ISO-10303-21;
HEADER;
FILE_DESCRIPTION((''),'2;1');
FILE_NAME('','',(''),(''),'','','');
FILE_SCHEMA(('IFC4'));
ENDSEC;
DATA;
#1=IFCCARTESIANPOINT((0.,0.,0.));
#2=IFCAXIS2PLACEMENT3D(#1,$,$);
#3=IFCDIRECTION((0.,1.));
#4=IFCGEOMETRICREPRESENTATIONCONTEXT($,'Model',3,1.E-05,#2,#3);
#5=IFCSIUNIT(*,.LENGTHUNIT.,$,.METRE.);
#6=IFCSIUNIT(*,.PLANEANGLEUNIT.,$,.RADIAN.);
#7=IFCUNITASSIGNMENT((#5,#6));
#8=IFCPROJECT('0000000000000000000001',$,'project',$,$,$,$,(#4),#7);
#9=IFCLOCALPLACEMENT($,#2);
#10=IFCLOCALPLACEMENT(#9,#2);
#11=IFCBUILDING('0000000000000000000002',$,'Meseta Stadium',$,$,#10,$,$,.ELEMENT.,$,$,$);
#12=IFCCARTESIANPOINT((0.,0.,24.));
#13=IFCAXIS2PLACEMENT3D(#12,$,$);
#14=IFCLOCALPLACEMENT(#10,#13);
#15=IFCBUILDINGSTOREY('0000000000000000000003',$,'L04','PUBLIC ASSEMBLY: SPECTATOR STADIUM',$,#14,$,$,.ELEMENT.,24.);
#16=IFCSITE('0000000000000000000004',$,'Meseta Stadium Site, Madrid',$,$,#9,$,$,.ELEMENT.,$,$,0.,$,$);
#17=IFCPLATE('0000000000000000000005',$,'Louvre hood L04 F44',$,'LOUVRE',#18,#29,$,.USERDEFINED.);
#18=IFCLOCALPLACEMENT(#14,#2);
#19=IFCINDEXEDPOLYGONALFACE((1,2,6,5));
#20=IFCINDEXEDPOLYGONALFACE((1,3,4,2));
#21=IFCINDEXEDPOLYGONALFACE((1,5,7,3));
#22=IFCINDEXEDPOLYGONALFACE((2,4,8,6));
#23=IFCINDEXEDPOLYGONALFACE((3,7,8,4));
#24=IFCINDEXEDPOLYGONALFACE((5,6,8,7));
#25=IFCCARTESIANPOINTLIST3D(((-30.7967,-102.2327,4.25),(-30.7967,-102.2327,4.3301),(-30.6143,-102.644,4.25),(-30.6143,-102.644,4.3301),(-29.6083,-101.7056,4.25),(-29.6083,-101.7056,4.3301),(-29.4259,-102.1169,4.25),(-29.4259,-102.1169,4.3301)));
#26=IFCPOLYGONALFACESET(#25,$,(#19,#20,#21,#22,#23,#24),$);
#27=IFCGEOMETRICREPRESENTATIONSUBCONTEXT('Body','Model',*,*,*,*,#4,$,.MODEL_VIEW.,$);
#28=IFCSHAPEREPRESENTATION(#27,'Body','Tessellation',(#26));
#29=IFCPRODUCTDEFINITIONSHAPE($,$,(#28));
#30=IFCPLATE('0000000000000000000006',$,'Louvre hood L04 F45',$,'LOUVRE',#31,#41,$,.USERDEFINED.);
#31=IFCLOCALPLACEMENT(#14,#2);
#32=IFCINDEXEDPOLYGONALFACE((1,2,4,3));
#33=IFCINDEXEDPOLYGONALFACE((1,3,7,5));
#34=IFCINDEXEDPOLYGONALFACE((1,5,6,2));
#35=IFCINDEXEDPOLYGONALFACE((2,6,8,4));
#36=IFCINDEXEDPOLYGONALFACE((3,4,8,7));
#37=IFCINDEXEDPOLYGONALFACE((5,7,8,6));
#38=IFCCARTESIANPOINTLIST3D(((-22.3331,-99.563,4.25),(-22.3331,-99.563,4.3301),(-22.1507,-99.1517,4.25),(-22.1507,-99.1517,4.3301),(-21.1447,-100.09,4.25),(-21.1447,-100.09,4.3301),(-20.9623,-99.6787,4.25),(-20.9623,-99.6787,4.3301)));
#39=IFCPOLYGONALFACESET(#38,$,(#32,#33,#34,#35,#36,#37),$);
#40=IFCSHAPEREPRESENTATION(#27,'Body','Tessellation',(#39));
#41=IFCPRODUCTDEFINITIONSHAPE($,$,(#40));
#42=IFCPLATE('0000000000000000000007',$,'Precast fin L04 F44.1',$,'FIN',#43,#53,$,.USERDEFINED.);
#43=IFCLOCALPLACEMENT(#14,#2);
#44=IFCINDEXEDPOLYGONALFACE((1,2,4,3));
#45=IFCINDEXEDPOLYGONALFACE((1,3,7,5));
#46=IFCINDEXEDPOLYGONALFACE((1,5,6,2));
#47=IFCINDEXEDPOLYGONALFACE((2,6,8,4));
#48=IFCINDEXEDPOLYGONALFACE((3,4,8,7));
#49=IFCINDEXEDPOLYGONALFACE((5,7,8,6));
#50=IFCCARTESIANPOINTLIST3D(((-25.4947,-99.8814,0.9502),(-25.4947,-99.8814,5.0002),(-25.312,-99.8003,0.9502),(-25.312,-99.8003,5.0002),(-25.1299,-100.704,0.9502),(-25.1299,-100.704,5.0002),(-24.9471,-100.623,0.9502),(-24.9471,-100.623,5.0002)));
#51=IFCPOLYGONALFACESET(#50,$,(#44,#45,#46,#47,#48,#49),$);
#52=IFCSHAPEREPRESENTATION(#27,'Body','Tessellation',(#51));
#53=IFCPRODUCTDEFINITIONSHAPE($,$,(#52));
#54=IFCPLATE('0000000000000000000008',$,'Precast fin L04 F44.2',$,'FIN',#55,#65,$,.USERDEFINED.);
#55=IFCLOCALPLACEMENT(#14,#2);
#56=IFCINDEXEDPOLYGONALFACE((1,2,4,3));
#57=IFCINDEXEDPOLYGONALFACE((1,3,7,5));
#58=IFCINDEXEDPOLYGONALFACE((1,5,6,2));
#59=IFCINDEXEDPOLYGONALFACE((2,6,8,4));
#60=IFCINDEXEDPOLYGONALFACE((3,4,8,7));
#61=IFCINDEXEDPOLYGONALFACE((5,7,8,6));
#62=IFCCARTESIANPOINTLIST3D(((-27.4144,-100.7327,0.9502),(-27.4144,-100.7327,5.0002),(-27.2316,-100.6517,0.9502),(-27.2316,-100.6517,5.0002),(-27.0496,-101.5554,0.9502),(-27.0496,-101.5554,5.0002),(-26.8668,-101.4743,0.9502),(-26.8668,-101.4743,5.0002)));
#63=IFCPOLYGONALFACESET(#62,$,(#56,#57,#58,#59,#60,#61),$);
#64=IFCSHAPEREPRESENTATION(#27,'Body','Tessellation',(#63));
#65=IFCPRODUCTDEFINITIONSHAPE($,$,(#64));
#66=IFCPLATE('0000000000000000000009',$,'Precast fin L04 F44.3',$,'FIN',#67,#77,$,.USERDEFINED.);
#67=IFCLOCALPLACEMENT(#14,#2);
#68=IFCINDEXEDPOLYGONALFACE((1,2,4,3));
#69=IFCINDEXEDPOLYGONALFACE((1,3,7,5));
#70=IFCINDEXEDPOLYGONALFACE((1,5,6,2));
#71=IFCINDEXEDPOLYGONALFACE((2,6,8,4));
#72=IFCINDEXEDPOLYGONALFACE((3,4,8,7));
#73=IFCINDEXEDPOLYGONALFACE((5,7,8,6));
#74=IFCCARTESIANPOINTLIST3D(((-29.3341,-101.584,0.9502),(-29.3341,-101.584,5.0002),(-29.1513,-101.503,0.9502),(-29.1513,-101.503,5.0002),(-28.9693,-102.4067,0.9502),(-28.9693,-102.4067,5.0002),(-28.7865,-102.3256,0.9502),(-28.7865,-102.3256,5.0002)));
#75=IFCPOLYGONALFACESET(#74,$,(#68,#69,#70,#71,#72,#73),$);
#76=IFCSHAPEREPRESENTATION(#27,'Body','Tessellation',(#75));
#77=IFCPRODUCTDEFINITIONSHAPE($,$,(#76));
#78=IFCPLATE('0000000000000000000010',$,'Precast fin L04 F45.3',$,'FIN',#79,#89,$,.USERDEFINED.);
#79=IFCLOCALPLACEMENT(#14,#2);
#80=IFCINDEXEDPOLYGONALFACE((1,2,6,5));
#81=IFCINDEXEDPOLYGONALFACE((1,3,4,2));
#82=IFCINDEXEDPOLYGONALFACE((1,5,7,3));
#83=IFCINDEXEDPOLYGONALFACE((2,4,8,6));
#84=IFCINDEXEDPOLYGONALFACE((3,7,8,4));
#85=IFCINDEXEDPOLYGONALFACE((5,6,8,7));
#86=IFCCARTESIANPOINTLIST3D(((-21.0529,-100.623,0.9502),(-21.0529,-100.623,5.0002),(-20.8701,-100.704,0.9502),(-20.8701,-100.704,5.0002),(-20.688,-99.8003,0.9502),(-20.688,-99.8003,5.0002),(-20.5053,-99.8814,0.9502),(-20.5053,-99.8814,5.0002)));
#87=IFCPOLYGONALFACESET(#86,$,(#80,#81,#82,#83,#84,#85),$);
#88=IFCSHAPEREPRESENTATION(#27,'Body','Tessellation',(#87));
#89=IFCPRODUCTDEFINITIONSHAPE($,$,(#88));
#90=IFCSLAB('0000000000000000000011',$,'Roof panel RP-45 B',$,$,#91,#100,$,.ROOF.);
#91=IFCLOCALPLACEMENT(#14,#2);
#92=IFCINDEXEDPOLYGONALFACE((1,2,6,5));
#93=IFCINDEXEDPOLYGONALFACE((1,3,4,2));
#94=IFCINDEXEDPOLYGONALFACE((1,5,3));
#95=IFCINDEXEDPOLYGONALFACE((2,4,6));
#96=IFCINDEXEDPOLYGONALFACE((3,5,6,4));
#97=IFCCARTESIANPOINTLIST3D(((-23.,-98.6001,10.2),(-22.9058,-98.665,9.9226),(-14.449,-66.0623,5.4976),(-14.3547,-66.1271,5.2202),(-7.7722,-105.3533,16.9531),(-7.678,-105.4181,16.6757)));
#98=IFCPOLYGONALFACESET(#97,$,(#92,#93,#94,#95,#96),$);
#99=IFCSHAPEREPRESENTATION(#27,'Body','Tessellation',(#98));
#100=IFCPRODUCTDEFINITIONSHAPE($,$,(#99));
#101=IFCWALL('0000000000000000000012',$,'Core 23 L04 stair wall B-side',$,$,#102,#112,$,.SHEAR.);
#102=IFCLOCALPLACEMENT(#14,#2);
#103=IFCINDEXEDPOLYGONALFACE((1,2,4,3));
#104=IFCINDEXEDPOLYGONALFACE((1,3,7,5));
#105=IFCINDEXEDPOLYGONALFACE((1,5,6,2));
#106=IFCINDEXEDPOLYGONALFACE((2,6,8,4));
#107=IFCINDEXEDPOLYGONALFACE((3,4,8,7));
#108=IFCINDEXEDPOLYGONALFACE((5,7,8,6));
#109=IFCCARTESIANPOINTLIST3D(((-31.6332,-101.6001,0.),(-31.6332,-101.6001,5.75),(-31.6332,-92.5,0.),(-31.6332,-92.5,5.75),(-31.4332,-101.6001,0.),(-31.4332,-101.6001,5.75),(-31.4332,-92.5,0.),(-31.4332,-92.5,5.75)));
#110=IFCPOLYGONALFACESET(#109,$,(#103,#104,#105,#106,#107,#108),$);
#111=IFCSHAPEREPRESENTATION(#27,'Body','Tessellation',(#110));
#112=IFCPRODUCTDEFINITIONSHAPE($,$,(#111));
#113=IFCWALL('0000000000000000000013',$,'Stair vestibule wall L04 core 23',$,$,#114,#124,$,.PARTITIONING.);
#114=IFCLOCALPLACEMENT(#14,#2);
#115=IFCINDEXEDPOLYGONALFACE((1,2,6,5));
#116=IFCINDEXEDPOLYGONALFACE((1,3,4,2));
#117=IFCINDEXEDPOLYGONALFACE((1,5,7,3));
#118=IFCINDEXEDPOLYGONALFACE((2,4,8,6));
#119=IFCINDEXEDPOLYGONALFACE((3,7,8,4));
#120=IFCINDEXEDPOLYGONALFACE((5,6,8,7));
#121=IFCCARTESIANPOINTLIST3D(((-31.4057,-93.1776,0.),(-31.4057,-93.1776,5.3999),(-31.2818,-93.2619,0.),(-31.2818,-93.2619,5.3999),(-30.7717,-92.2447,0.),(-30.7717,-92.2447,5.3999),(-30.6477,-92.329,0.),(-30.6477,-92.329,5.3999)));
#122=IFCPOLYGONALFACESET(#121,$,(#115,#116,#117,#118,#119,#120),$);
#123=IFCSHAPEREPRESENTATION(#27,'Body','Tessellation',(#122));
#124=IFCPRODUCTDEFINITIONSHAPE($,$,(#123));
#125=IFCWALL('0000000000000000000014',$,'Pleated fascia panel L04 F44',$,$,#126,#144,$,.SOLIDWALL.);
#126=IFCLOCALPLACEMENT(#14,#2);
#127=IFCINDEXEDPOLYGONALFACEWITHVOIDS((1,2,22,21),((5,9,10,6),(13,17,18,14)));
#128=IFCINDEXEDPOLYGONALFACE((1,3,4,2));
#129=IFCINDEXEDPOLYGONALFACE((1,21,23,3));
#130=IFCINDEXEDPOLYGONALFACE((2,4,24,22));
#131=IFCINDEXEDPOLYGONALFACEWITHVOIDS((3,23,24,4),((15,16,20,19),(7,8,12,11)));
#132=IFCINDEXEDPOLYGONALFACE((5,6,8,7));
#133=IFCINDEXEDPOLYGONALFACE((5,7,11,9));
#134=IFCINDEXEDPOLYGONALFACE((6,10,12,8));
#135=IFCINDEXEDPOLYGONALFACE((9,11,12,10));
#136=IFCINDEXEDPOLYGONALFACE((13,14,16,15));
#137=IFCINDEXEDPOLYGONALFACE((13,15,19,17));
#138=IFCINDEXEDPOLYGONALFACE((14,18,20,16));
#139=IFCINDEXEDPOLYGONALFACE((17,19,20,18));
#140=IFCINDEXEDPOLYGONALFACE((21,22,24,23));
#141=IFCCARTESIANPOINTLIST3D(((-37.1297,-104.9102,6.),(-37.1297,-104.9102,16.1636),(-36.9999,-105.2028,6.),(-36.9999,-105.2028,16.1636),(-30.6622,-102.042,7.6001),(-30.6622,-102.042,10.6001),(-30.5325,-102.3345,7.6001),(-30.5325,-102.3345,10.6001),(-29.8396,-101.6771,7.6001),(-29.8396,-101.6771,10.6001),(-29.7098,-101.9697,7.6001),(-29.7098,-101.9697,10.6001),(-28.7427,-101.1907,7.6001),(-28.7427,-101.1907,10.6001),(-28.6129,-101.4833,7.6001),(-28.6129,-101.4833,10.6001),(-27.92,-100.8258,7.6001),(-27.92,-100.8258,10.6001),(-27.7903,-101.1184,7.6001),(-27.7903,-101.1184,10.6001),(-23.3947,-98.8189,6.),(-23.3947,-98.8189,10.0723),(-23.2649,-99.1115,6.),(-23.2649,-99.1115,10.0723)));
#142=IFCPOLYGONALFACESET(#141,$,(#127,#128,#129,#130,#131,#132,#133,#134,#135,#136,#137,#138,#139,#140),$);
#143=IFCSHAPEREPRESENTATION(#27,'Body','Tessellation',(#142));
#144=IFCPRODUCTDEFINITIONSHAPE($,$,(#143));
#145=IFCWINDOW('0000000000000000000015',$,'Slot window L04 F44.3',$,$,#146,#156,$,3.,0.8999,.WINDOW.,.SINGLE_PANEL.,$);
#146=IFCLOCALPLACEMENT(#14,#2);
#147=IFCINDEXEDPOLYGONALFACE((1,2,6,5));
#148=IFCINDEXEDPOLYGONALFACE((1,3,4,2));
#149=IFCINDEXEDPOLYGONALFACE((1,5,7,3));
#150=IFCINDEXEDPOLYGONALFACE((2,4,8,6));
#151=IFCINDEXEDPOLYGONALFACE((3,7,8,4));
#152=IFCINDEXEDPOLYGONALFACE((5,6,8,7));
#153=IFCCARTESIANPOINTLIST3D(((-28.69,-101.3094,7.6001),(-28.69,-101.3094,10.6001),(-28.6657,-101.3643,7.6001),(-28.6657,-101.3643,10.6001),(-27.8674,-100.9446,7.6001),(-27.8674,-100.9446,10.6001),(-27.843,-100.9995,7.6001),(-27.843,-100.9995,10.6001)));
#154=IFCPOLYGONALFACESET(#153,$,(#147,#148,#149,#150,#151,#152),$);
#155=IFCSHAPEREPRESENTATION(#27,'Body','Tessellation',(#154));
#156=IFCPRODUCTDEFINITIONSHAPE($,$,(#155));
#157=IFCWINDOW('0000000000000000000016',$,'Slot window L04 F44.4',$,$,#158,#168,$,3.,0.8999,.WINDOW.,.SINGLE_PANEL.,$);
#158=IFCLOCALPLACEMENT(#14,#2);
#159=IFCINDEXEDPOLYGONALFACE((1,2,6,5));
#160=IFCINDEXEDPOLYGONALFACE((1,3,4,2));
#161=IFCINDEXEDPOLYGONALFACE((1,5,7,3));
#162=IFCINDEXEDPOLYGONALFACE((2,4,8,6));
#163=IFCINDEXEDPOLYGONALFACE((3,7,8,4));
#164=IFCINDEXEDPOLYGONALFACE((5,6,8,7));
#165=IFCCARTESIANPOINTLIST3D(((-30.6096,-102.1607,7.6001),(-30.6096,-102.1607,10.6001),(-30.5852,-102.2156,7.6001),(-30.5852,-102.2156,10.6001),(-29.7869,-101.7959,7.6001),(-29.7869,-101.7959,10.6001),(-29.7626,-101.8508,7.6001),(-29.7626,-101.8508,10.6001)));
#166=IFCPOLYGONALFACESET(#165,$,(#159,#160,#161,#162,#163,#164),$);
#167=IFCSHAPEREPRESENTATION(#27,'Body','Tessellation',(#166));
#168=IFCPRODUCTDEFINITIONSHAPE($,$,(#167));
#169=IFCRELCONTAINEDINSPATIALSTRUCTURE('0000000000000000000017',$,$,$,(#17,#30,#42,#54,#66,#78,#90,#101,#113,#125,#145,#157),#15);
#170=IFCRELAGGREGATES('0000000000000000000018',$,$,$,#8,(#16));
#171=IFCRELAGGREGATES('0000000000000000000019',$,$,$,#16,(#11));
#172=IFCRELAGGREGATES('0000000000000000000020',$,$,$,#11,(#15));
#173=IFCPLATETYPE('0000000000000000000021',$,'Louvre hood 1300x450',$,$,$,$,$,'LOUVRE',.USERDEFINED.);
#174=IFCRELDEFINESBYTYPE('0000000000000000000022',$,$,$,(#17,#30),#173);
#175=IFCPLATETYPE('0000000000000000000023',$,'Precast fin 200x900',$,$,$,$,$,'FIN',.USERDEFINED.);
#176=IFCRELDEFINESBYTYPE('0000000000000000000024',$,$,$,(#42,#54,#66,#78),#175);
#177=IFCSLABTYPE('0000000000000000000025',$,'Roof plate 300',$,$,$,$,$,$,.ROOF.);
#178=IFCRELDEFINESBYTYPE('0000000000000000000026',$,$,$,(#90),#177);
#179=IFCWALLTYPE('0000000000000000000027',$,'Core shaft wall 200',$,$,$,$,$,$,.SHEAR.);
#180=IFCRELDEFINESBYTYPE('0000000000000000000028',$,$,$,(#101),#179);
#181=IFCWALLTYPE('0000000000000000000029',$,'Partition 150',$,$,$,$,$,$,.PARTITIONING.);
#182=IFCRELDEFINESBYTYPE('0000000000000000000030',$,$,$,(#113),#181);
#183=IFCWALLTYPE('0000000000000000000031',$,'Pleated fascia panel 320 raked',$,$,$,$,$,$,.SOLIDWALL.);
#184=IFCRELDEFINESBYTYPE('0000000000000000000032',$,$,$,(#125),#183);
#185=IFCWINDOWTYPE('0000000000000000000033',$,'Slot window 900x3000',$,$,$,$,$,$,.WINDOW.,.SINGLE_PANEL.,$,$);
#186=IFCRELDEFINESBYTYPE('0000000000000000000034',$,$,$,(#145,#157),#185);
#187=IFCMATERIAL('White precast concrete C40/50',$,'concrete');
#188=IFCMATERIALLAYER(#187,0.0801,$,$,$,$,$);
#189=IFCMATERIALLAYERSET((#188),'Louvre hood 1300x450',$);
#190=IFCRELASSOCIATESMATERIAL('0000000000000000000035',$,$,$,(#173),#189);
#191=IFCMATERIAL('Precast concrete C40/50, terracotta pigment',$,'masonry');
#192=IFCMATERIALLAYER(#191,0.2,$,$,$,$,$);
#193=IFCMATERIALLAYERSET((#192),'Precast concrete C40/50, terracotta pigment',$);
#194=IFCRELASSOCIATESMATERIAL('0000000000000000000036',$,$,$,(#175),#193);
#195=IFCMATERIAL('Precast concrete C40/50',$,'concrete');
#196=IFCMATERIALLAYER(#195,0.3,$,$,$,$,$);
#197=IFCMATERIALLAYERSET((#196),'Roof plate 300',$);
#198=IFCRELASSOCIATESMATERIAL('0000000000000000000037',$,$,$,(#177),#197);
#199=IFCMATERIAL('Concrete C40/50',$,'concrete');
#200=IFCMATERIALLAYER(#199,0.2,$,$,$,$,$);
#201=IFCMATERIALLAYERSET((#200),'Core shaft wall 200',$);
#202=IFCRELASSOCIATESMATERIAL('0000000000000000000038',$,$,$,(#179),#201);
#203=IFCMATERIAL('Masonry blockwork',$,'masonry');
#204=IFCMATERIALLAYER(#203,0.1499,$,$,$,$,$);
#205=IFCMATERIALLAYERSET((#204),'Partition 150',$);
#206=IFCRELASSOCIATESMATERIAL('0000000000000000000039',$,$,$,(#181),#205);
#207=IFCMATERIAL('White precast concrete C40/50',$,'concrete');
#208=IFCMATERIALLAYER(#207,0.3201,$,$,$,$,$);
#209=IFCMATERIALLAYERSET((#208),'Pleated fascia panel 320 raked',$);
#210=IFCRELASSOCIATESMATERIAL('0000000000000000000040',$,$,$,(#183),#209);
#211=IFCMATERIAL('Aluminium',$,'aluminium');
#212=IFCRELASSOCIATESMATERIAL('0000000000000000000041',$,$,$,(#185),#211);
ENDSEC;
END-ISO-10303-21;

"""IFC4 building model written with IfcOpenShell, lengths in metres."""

from ifc_helpers import new_model, si_unit, direction, frame, frame_2d, origin, origin_2d, place, context, subcontext, project, spatial, polyline, rectangle, outline, extrude, material, layer, layer_set, type_object, element, fill, save


model = new_model("IFC4")

# Units and contexts
model_context = context("Model", 3, precision=1e-05, world=origin(), true_north=direction((0.0, 1.0)))
body_context = subcontext(model_context, "Body", "Model", "MODEL_VIEW")
ifc_project = project(units=[si_unit("LENGTHUNIT", "METRE"), si_unit("PLANEANGLEUNIT", "RADIAN")], contexts=[model_context])

# Site, building, storey
site_placement = place(None, origin())
site = spatial("IfcSite", under=ifc_project, at=site_placement, Name="Meseta Stadium Site, Madrid", CompositionType="ELEMENT", RefElevation=0.0)
building_placement = place(site_placement, origin())
building = spatial("IfcBuilding", under=site, at=building_placement, Name="Meseta Stadium", CompositionType="ELEMENT")
storey_placement = place(building_placement, frame((0.0, 0.0, 24.0)))
storey = spatial("IfcBuildingStorey", under=building, at=storey_placement, Name="L04", Description="PUBLIC ASSEMBLY: SPECTATOR STADIUM", CompositionType="ELEMENT", Elevation=24.0)

# Plates
ifc_material_1 = material(Name="White precast concrete C40/50", Category="concrete")
ifc_layer_1 = layer(ifc_material_1, 0.0801)
ifc_layer_set_1 = layer_set([ifc_layer_1], Name="Louvre hood 1300x450")
plate_type_1 = type_object("IfcPlateType", Name="Louvre hood 1300x450", ElementType="LOUVRE", PredefinedType="USERDEFINED", material=ifc_layer_set_1)
for number, where, z_axis, x_axis, name in (
    (1, (-30.1113, -102.1748, 4.25), (0.0, 0.0, 1.0), (0.914139, 0.405401, 0.0), "Louvre hood L04 F44"),
    (2, (-21.6477, -99.6208, 4.25), (0.0, 0.0, 1.0), (0.914139, -0.405401, 0.0), "Louvre hood L04 F45"),
):
    element("IfcPlate", number, at=place(storey_placement, frame(where, z_axis=z_axis, x_axis=x_axis)), inside=storey, type_object=plate_type_1, Name=name, ObjectType="LOUVRE", PredefinedType="USERDEFINED", context=body_context, shape_type="SweptSolid", body=[
        extrude(rectangle(XDim=1.3, YDim=0.45, at=origin_2d()), origin(), (0.0, 0.0, 1.0), 0.0801),
    ])
ifc_material_2 = material(Name="Precast concrete C40/50, terracotta pigment", Category="masonry")
ifc_layer_2 = layer(ifc_material_2, 0.2)
ifc_layer_set_2 = layer_set([ifc_layer_2], Name="Precast concrete C40/50, terracotta pigment")
plate_type_2 = type_object("IfcPlateType", Name="Precast fin 200x900", ElementType="FIN", PredefinedType="USERDEFINED", material=ifc_layer_set_2)
for number, where, z_axis, x_axis, name in (
    (3, (-25.2209, -100.2522, 0.9502), (0.0, 0.0, 1.0), (-0.914139, -0.4054, 0.0), "Precast fin L04 F44.1"),
    (4, (-27.1406, -101.1035, 0.9502), (0.0, 0.0, 1.0), (-0.914139, -0.4054, 0.0), "Precast fin L04 F44.2"),
    (5, (-29.0603, -101.9548, 0.9502), (0.0, 0.0, 1.0), (-0.914139, -0.4054, 0.0), "Precast fin L04 F44.3"),
    (6, (-20.7791, -100.2522, 0.9502), (0.0, 0.0, 1.0), (-0.914139, 0.4054, 0.0), "Precast fin L04 F45.3"),
):
    element("IfcPlate", number, at=place(storey_placement, frame(where, z_axis=z_axis, x_axis=x_axis)), inside=storey, type_object=plate_type_2, Name=name, ObjectType="FIN", PredefinedType="USERDEFINED", context=body_context, shape_type="SweptSolid", body=[
        extrude(rectangle(XDim=0.2, YDim=0.8999, at=origin_2d()), origin(), (0.0, 0.0, 1.0), 4.05),
    ])

# Slab
ifc_material_3 = material(Name="Precast concrete C40/50", Category="concrete")
ifc_layer_3 = layer(ifc_material_3, 0.3)
ifc_layer_set_3 = layer_set([ifc_layer_3], Name="Roof plate 300")
slab_type = type_object("IfcSlabType", Name="Roof plate 300", PredefinedType="ROOF", material=ifc_layer_set_3)
slab_placement = place(storey_placement, frame((-23.0, -98.6001, 10.2), z_axis=(-0.314114, 0.216152, 0.924451), x_axis=(0.251725, 0.957848, -0.138429)))
element("IfcSlab", 7, at=slab_placement, inside=storey, type_object=slab_type, Name="Roof panel RP-45 B", PredefinedType="ROOF", context=body_context, shape_type="SweptSolid", body=[
    extrude(outline(polyline([(0.0, 0.0), (33.9697, 0.0), (-3.5701, -17.6168), (0.0, 0.0)])), origin(), (0.0, 0.0, -1.0), 0.3),
])

# Walls
ifc_material_4 = material(Name="Concrete C40/50", Category="concrete")
ifc_layer_4 = layer(ifc_material_4, 0.2)
ifc_layer_set_4 = layer_set([ifc_layer_4], Name="Core shaft wall 200")
wall_type_1 = type_object("IfcWallType", Name="Core shaft wall 200", PredefinedType="SHEAR", material=ifc_layer_set_4)
wall_1_placement = place(storey_placement, frame((-31.5332, -101.6001, 0.0), z_axis=(0.0, 0.0, 1.0), x_axis=(0.0, 1.0, 0.0)))
element("IfcWall", 8, at=wall_1_placement, inside=storey, type_object=wall_type_1, Name="Core 23 L04 stair wall B-side", PredefinedType="SHEAR", context=body_context, shape_type="SweptSolid", body=[
    extrude(rectangle(XDim=9.1001, YDim=0.2, at=frame_2d((4.55, 0.0))), origin(), (0.0, 0.0, 1.0), 5.75),
])
ifc_material_5 = material(Name="Masonry blockwork", Category="masonry")
ifc_layer_5 = layer(ifc_material_5, 0.1499)
ifc_layer_set_5 = layer_set([ifc_layer_5], Name="Partition 150")
wall_type_2 = type_object("IfcWallType", Name="Partition 150", PredefinedType="PARTITIONING", material=ifc_layer_set_5)
wall_2_placement = place(storey_placement, frame((-31.3438, -93.2197, 0.0), z_axis=(0.0, 0.0, 1.0), x_axis=(0.562121, 0.827055, 0.0)))
element("IfcWall", 9, at=wall_2_placement, inside=storey, type_object=wall_type_2, Name="Stair vestibule wall L04 core 23", PredefinedType="PARTITIONING", context=body_context, shape_type="SweptSolid", body=[
    extrude(rectangle(XDim=1.1279, YDim=0.1499, at=frame_2d((0.564, 0.0))), origin(), (0.0, 0.0, 1.0), 5.3999),
])

# Wall, openings, windows
ifc_material_6 = material(Name="White precast concrete C40/50", Category="concrete")
ifc_layer_6 = layer(ifc_material_6, 0.3201)
ifc_layer_set_6 = layer_set([ifc_layer_6], Name="Pleated fascia panel 320 raked")
wall_type_3 = type_object("IfcWallType", Name="Pleated fascia panel 320 raked", PredefinedType="SOLIDWALL", material=ifc_layer_set_6)
wall_3_placement = place(storey_placement, frame((-23.3298, -98.9651, 6.0), z_axis=(0.0, 0.0, 1.0), x_axis=(-0.914137, -0.405406, 0.0)))
wall_3 = element("IfcWall", 10, at=wall_3_placement, inside=storey, type_object=wall_type_3, Name="Pleated fascia panel L04 F44", PredefinedType="SOLIDWALL", context=body_context, shape_type="SweptSolid", body=[
    extrude(outline(polyline([(0.0, 0.0), (15.0251, 0.0), (15.0251, 10.1636), (0.0, 4.0723), (0.0, 0.0)])), frame((0.0, 0.1602, 0.0), z_axis=(0.0, -1.0, 0.0), x_axis=(1.0, 0.0, 0.0)), (0.0, 0.0, 1.0), 0.3201),
])
opening_1_placement = place(wall_3_placement, frame((4.9504, 0.0, 1.6001)))
opening_1 = element("IfcOpeningElement", 11, at=opening_1_placement, cuts=wall_3, PredefinedType="OPENING", context=body_context, shape_type="SweptSolid", body=[
    extrude(rectangle(XDim=0.8999, YDim=3.0, at=frame_2d((0.45, 1.5))), frame((0.0, 0.1699, 0.0), z_axis=(0.0, -1.0, 0.0), x_axis=(1.0, 0.0, 0.0)), (0.0, 0.0, 1.0), 0.3401),
])
opening_2_placement = place(wall_3_placement, frame((7.0503, 0.0, 1.6001)))
opening_2 = element("IfcOpeningElement", 12, at=opening_2_placement, cuts=wall_3, PredefinedType="OPENING", context=body_context, shape_type="SweptSolid", body=[
    extrude(rectangle(XDim=0.8999, YDim=3.0, at=frame_2d((0.45, 1.5))), frame((0.0, 0.1699, 0.0), z_axis=(0.0, -1.0, 0.0), x_axis=(1.0, 0.0, 0.0)), (0.0, 0.0, 1.0), 0.3401),
])
ifc_material_7 = material(Name="Aluminium", Category="aluminium")
window_type_1 = type_object("IfcWindowType", Name="Slot window 900x3000", PartitioningType="SINGLE_PANEL", PredefinedType="WINDOW", material=ifc_material_7)
window_1_placement = place(opening_1_placement, origin())
window_1 = element("IfcWindow", 13, at=window_1_placement, inside=storey, type_object=window_type_1, Name="Slot window L04 F44.3", OverallHeight=3.0, OverallWidth=0.8999, PartitioningType="SINGLE_PANEL", PredefinedType="WINDOW", context=body_context, shape_type="SweptSolid", body=[
    extrude(rectangle(XDim=0.8999, YDim=3.0, at=frame_2d((0.45, 1.5))), frame((0.0, 0.03, 0.0), z_axis=(0.0, -1.0, 0.0), x_axis=(1.0, 0.0, 0.0)), (0.0, 0.0, 1.0), 0.0601),
])
fill(opening_1, window_1)
window_2_placement = place(opening_2_placement, origin())
window_2 = element("IfcWindow", 14, at=window_2_placement, inside=storey, type_object=window_type_1, Name="Slot window L04 F44.4", OverallHeight=3.0, OverallWidth=0.8999, PartitioningType="SINGLE_PANEL", PredefinedType="WINDOW", context=body_context, shape_type="SweptSolid", body=[
    extrude(rectangle(XDim=0.8999, YDim=3.0, at=frame_2d((0.45, 1.5))), frame((0.0, 0.03, 0.0), z_axis=(0.0, -1.0, 0.0), x_axis=(1.0, 0.0, 0.0)), (0.0, 0.0, 1.0), 0.0601),
])
fill(opening_2, window_2)

save(model, "model.ifc")
